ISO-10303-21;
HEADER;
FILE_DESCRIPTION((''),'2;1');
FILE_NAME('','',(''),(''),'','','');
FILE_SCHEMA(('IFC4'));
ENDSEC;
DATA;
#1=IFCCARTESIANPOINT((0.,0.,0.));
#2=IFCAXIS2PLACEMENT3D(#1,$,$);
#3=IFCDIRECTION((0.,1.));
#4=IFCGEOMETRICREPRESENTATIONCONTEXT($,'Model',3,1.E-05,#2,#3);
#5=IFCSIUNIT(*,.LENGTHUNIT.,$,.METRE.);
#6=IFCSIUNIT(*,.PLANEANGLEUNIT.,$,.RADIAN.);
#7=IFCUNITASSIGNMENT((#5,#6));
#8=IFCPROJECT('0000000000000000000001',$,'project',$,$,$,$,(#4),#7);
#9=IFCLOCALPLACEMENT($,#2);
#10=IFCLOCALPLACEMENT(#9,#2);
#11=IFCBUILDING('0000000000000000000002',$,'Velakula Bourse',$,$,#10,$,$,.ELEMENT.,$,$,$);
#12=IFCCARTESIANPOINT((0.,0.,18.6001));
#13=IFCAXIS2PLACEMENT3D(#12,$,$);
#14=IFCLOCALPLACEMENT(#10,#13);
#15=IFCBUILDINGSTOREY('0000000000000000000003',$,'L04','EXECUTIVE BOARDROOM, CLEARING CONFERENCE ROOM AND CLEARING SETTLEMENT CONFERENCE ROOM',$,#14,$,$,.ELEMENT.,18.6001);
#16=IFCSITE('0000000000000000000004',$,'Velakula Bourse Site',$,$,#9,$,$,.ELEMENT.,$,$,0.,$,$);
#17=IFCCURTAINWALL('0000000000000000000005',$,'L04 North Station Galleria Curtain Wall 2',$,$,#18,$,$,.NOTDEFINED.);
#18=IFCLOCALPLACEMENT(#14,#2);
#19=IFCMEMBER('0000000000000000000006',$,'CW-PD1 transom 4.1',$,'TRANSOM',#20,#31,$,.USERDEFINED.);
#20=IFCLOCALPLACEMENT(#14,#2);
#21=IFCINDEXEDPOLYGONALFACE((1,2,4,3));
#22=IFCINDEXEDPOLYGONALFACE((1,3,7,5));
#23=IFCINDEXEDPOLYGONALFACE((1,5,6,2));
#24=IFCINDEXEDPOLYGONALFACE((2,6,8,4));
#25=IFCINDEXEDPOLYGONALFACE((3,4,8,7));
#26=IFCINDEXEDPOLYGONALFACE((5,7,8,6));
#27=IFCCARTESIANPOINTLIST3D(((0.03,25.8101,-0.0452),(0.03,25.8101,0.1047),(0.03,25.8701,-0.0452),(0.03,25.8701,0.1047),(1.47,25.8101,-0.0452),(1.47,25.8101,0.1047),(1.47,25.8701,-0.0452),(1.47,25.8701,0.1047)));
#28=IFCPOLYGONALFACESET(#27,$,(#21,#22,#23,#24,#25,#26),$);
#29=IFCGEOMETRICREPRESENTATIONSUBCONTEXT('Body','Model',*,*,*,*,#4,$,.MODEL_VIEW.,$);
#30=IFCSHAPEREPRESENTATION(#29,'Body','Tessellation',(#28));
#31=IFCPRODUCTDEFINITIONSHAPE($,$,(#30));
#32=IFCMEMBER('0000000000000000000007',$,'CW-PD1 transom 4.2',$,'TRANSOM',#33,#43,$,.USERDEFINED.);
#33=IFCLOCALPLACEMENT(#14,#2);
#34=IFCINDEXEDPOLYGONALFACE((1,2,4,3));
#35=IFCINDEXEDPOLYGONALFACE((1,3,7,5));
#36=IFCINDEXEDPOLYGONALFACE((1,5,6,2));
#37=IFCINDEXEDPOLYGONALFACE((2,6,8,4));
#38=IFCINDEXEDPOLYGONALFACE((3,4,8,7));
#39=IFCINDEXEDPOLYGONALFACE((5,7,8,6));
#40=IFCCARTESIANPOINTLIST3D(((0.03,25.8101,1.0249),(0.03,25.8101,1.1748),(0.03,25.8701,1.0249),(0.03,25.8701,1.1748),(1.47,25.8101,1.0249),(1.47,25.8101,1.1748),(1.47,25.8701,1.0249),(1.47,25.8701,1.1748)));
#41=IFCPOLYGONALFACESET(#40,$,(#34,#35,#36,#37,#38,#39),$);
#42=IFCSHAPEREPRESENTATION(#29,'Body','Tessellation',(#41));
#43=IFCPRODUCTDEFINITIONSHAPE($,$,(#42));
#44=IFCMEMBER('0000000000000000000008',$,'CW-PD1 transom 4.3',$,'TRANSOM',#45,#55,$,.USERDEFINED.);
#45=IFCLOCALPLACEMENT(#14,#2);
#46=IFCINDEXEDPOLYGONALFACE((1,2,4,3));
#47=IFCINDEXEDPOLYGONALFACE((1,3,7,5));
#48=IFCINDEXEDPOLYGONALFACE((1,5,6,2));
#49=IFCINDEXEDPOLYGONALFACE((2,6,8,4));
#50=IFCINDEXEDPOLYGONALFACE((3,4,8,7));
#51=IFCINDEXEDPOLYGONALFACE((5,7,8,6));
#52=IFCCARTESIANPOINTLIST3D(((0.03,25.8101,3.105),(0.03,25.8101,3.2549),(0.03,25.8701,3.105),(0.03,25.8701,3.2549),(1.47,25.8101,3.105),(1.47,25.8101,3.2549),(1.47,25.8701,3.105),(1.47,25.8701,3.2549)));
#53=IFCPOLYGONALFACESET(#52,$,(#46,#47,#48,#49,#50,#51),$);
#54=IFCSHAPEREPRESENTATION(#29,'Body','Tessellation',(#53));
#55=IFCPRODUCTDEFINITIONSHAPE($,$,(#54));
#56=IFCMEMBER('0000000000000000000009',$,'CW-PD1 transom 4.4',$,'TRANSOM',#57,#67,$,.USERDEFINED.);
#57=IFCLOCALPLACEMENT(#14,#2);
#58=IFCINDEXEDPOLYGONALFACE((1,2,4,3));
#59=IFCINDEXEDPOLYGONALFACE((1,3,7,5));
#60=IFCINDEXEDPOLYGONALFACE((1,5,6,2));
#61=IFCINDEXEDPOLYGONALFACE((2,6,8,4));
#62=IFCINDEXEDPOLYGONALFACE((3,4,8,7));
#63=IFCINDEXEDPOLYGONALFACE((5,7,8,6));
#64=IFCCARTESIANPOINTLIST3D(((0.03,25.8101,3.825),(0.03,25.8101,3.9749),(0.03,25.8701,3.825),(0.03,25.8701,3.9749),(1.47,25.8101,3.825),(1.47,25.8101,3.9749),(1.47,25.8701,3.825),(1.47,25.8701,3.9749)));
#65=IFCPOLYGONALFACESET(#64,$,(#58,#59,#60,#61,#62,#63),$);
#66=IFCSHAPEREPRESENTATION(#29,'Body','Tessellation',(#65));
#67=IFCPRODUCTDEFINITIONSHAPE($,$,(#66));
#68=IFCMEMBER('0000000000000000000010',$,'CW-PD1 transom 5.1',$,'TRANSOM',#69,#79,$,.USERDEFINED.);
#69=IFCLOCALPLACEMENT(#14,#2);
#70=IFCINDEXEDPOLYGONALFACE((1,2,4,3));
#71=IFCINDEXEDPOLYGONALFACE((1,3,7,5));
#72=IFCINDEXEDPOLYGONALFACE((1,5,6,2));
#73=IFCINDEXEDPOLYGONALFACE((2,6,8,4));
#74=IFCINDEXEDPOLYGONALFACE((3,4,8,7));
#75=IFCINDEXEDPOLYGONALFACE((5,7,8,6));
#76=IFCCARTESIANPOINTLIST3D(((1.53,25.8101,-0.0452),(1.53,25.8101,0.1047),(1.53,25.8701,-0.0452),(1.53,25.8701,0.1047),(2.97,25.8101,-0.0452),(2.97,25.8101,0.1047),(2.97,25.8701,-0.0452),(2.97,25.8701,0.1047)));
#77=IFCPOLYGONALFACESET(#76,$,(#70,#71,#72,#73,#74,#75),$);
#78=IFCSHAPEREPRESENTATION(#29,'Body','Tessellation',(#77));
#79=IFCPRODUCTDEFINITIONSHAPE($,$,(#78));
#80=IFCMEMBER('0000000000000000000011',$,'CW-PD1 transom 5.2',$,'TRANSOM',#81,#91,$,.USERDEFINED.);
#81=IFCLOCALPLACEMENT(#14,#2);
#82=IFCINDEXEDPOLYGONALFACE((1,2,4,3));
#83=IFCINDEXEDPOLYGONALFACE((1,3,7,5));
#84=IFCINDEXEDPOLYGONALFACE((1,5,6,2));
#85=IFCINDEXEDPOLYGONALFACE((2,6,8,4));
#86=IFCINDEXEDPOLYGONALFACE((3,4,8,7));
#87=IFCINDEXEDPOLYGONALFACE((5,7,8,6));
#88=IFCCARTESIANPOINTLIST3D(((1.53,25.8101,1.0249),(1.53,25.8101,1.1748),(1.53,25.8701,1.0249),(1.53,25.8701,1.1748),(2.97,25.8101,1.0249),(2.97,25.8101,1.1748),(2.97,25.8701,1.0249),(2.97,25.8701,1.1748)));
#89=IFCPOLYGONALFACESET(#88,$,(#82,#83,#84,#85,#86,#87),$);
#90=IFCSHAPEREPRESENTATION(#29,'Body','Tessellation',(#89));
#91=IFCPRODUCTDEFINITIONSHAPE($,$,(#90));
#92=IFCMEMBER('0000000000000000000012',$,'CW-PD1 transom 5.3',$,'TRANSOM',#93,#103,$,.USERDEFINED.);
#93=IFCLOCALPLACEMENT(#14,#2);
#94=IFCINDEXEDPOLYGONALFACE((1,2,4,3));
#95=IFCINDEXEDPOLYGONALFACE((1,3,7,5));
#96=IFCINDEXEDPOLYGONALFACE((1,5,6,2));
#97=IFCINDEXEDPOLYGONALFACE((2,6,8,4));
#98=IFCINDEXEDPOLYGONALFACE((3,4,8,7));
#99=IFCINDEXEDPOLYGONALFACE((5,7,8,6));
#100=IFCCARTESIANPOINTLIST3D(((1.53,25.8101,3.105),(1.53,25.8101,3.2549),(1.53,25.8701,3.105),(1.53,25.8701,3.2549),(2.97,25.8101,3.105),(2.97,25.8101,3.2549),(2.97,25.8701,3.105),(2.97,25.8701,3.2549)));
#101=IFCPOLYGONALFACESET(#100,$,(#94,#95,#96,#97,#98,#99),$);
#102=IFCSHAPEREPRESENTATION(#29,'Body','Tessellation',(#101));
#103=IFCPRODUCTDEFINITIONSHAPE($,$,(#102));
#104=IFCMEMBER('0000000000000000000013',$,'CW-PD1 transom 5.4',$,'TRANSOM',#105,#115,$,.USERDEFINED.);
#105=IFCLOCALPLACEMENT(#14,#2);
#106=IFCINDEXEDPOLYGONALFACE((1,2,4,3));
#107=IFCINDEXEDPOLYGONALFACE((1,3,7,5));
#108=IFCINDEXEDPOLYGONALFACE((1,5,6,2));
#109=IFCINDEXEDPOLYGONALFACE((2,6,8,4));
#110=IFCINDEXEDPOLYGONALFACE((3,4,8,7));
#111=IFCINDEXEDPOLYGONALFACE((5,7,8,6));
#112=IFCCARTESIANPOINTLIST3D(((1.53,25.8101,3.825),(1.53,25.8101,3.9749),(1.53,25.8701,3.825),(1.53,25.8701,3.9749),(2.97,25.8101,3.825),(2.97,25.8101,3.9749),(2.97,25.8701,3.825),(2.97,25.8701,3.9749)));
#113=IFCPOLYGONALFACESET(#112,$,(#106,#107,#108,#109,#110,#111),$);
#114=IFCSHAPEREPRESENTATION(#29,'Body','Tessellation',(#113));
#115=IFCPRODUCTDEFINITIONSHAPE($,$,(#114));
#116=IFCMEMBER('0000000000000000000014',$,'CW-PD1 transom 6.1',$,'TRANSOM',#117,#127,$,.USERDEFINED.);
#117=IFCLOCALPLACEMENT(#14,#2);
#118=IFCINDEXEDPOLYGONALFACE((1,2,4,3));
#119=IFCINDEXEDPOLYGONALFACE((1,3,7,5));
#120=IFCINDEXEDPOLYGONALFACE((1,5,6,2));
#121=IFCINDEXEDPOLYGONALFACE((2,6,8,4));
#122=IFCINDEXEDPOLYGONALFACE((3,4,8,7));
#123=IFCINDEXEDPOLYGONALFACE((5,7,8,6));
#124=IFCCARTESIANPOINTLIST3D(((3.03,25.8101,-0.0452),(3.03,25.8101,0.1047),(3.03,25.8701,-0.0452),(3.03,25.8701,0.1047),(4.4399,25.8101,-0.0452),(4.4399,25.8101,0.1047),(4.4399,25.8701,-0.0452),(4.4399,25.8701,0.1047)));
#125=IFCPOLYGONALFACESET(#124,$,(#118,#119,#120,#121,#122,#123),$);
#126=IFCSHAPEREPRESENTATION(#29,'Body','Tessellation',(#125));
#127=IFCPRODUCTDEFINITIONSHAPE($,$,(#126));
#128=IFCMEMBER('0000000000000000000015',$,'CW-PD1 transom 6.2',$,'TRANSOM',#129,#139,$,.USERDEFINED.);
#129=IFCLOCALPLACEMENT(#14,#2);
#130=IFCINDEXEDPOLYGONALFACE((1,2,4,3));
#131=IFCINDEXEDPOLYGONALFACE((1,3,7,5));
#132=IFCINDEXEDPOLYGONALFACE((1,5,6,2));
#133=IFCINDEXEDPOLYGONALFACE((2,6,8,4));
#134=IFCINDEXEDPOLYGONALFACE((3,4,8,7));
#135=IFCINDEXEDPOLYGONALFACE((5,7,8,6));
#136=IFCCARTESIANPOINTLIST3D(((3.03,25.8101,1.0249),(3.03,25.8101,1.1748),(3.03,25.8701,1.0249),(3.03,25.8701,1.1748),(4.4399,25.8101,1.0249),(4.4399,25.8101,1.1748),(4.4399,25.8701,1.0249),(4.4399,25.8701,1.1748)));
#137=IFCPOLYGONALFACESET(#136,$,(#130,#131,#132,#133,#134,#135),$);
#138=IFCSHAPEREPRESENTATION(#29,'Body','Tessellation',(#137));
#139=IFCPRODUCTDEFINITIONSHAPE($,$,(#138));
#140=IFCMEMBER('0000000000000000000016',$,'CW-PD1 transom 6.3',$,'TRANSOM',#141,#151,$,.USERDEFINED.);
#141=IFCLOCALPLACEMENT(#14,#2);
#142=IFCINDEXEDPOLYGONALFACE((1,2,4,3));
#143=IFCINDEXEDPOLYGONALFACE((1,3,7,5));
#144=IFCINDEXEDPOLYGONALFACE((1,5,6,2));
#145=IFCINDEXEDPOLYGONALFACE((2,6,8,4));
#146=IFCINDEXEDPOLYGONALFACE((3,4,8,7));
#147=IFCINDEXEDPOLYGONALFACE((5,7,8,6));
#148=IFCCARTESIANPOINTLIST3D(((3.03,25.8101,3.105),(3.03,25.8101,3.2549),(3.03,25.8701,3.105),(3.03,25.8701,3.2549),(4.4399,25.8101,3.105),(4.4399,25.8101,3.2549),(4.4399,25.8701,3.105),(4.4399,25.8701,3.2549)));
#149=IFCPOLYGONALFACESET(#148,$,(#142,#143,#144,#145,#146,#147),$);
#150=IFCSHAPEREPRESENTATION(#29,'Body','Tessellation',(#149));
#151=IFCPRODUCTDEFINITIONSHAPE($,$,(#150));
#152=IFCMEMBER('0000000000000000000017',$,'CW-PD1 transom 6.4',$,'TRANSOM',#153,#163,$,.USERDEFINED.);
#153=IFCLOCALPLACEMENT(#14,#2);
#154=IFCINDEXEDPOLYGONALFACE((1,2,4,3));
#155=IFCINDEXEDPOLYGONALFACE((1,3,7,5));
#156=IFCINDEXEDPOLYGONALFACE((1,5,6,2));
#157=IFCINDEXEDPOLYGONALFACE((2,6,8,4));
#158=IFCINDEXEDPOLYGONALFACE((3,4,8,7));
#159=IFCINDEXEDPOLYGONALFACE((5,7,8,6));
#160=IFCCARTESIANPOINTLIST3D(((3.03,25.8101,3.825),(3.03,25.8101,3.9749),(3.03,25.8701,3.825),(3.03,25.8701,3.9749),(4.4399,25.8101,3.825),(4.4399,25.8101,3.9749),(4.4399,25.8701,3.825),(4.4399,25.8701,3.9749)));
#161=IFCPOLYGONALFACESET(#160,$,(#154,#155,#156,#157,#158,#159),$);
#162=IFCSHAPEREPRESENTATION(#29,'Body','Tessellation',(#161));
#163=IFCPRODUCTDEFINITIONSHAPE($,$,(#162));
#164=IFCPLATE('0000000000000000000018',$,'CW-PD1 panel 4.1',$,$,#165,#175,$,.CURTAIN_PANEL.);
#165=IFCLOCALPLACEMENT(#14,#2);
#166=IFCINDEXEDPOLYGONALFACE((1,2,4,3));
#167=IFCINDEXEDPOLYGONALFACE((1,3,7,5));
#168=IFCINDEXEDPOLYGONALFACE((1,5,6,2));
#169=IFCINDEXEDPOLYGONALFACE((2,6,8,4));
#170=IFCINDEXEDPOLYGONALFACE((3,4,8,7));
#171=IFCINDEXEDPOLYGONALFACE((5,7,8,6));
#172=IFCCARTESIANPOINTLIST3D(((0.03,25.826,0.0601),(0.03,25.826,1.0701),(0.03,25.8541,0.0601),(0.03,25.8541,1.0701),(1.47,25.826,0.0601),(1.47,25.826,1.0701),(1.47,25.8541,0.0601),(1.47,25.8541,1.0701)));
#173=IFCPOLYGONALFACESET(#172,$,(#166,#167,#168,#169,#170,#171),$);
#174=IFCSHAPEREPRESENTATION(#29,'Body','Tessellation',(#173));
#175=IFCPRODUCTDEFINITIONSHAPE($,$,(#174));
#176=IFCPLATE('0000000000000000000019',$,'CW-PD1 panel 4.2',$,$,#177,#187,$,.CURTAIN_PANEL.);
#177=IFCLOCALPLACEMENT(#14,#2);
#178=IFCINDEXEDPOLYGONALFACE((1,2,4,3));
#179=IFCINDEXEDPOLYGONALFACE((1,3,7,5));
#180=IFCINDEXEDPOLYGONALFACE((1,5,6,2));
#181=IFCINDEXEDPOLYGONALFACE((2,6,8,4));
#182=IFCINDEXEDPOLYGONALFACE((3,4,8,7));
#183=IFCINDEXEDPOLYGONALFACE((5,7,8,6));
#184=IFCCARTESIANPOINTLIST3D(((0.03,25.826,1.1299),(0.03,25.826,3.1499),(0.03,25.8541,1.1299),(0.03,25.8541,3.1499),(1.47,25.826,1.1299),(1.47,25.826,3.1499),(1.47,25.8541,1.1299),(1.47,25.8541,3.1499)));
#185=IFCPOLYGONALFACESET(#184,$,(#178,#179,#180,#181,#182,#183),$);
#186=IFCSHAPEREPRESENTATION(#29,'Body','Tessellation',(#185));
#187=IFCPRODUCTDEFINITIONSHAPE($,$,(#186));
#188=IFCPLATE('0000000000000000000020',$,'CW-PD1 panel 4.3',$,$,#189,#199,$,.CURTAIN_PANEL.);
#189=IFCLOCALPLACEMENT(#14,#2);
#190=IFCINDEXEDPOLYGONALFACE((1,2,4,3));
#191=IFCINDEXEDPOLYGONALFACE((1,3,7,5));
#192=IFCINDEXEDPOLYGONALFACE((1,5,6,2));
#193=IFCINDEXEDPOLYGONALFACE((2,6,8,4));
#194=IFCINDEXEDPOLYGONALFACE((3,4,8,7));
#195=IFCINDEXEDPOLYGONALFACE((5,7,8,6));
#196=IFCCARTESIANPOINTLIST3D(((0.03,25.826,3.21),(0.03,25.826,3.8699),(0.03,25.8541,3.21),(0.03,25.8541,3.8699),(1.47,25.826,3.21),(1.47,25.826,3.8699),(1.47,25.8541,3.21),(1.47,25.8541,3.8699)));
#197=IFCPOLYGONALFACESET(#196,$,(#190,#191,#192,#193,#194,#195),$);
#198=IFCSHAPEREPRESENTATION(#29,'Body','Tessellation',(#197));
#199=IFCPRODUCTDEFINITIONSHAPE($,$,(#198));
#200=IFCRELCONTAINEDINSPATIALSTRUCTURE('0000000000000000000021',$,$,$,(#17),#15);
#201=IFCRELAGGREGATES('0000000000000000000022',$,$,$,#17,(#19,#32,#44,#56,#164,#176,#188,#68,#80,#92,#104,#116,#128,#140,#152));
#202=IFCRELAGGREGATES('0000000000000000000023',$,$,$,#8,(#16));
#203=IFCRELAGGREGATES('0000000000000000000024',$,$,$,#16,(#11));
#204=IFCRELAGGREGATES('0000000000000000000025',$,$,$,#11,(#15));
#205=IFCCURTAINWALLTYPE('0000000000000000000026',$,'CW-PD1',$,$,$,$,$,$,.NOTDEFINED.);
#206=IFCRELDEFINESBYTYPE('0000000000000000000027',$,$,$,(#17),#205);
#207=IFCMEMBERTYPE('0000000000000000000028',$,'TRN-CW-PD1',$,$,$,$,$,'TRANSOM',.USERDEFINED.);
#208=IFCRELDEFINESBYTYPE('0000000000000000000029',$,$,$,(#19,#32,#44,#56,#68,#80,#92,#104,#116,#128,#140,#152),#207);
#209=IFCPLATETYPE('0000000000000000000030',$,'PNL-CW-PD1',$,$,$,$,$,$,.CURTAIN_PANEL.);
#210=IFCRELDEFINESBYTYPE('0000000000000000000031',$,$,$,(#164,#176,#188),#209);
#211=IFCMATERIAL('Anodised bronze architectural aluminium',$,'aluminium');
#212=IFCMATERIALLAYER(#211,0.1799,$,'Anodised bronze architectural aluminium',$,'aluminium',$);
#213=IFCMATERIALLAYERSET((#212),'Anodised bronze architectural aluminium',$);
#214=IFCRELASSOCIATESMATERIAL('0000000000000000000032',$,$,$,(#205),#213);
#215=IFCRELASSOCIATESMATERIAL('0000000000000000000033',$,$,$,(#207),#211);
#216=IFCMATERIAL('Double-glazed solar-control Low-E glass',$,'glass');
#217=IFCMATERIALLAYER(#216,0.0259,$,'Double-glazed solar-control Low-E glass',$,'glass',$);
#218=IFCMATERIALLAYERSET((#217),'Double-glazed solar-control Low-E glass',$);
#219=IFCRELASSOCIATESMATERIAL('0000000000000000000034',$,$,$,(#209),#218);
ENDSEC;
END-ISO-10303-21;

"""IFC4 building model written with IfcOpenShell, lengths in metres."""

from ifc_helpers import new_model, si_unit, direction, frame, origin, origin_2d, place, context, subcontext, project, spatial, rectangle, extrude, material, layer, layer_set, material_profile, profile_set, type_object, element, aggregate, save


model = new_model("IFC4")

# Units and contexts
model_context = context("Model", 3, precision=1e-05, world=origin(), true_north=direction((0.0, 1.0)))
body_context = subcontext(model_context, "Body", "Model", "MODEL_VIEW")
ifc_project = project(units=[si_unit("LENGTHUNIT", "METRE"), si_unit("PLANEANGLEUNIT", "RADIAN")], contexts=[model_context])

# Site, building, storey
site_placement = place(None, origin())
site = spatial("IfcSite", under=ifc_project, at=site_placement, Name="Velakula Bourse Site", CompositionType="ELEMENT", RefElevation=0.0)
building_placement = place(site_placement, origin())
building = spatial("IfcBuilding", under=site, at=building_placement, Name="Velakula Bourse", CompositionType="ELEMENT")
storey_placement = place(building_placement, frame((0.0, 0.0, 18.6001)))
storey = spatial("IfcBuildingStorey", under=building, at=storey_placement, Name="L04", Description="EXECUTIVE BOARDROOM, CLEARING CONFERENCE ROOM AND CLEARING SETTLEMENT CONFERENCE ROOM", CompositionType="ELEMENT", Elevation=18.6001)

# Curtain wall, members, plates
ifc_material_1 = material(Name="Anodised bronze architectural aluminium", Category="aluminium")
ifc_layer_1 = layer(ifc_material_1, 0.1799, Name="Anodised bronze architectural aluminium", Category="aluminium")
ifc_layer_set_1 = layer_set([ifc_layer_1], Name="Anodised bronze architectural aluminium")
curtain_wall_type = type_object("IfcCurtainWallType", Name="CW-PD1", PredefinedType="NOTDEFINED", material=ifc_layer_set_1)
curtain_wall_placement = place(storey_placement, origin())
curtain_wall = element("IfcCurtainWall", 1, at=curtain_wall_placement, inside=storey, type_object=curtain_wall_type, Name="L04 North Station Galleria Curtain Wall 2", PredefinedType="NOTDEFINED")
ifc_material_profile_1 = material_profile(ifc_material_1, rectangle(XDim=0.0601, YDim=0.1499, at=origin_2d()), Name="Anodised bronze architectural aluminium")
ifc_profile_set_1 = profile_set([ifc_material_profile_1], Name="Anodised bronze architectural aluminium")
member_type_1 = type_object("IfcMemberType", Name="TRN-CW-PD1", ElementType="TRANSOM", PredefinedType="USERDEFINED", material=ifc_profile_set_1)
member_1_placement = place(storey_placement, frame((0.03, 25.8401, 0.0298), z_axis=(1.0, 0.0, 0.0), x_axis=(0.0, 1.0, 0.0)))
member_1 = element("IfcMember", 2, at=member_1_placement, type_object=member_type_1, Name="CW-PD1 transom 4.1", ObjectType="TRANSOM", PredefinedType="USERDEFINED", context=body_context, shape_type="SweptSolid", body=[
    extrude(rectangle(XDim=0.0601, YDim=0.1499, at=origin_2d()), origin(), (0.0, 0.0, 1.0), 1.4399),
])
member_2_placement = place(storey_placement, frame((0.03, 25.8401, 1.0999), z_axis=(1.0, 0.0, 0.0), x_axis=(0.0, 1.0, 0.0)))
member_2 = element("IfcMember", 3, at=member_2_placement, type_object=member_type_1, Name="CW-PD1 transom 4.2", ObjectType="TRANSOM", PredefinedType="USERDEFINED", context=body_context, shape_type="SweptSolid", body=[
    extrude(rectangle(XDim=0.0601, YDim=0.1499, at=origin_2d()), origin(), (0.0, 0.0, 1.0), 1.4399),
])
member_3_placement = place(storey_placement, frame((0.03, 25.8401, 3.1799), z_axis=(1.0, 0.0, 0.0), x_axis=(0.0, 1.0, 0.0)))
member_3 = element("IfcMember", 4, at=member_3_placement, type_object=member_type_1, Name="CW-PD1 transom 4.3", ObjectType="TRANSOM", PredefinedType="USERDEFINED", context=body_context, shape_type="SweptSolid", body=[
    extrude(rectangle(XDim=0.0601, YDim=0.1499, at=origin_2d()), origin(), (0.0, 0.0, 1.0), 1.4399),
])
member_4_placement = place(storey_placement, frame((0.03, 25.8401, 3.8999), z_axis=(1.0, 0.0, 0.0), x_axis=(0.0, 1.0, 0.0)))
member_4 = element("IfcMember", 5, at=member_4_placement, type_object=member_type_1, Name="CW-PD1 transom 4.4", ObjectType="TRANSOM", PredefinedType="USERDEFINED", context=body_context, shape_type="SweptSolid", body=[
    extrude(rectangle(XDim=0.0601, YDim=0.1499, at=origin_2d()), origin(), (0.0, 0.0, 1.0), 1.4399),
])
member_5_placement = place(storey_placement, frame((1.53, 25.8401, 0.0298), z_axis=(1.0, 0.0, 0.0), x_axis=(0.0, 1.0, 0.0)))
member_5 = element("IfcMember", 6, at=member_5_placement, type_object=member_type_1, Name="CW-PD1 transom 5.1", ObjectType="TRANSOM", PredefinedType="USERDEFINED", context=body_context, shape_type="SweptSolid", body=[
    extrude(rectangle(XDim=0.0601, YDim=0.1499, at=origin_2d()), origin(), (0.0, 0.0, 1.0), 1.4399),
])
member_6_placement = place(storey_placement, frame((1.53, 25.8401, 1.0999), z_axis=(1.0, 0.0, 0.0), x_axis=(0.0, 1.0, 0.0)))
member_6 = element("IfcMember", 7, at=member_6_placement, type_object=member_type_1, Name="CW-PD1 transom 5.2", ObjectType="TRANSOM", PredefinedType="USERDEFINED", context=body_context, shape_type="SweptSolid", body=[
    extrude(rectangle(XDim=0.0601, YDim=0.1499, at=origin_2d()), origin(), (0.0, 0.0, 1.0), 1.4399),
])
member_7_placement = place(storey_placement, frame((1.53, 25.8401, 3.1799), z_axis=(1.0, 0.0, 0.0), x_axis=(0.0, 1.0, 0.0)))
member_7 = element("IfcMember", 8, at=member_7_placement, type_object=member_type_1, Name="CW-PD1 transom 5.3", ObjectType="TRANSOM", PredefinedType="USERDEFINED", context=body_context, shape_type="SweptSolid", body=[
    extrude(rectangle(XDim=0.0601, YDim=0.1499, at=origin_2d()), origin(), (0.0, 0.0, 1.0), 1.4399),
])
member_8_placement = place(storey_placement, frame((1.53, 25.8401, 3.8999), z_axis=(1.0, 0.0, 0.0), x_axis=(0.0, 1.0, 0.0)))
member_8 = element("IfcMember", 9, at=member_8_placement, type_object=member_type_1, Name="CW-PD1 transom 5.4", ObjectType="TRANSOM", PredefinedType="USERDEFINED", context=body_context, shape_type="SweptSolid", body=[
    extrude(rectangle(XDim=0.0601, YDim=0.1499, at=origin_2d()), origin(), (0.0, 0.0, 1.0), 1.4399),
])
member_9_placement = place(storey_placement, frame((3.03, 25.8401, 0.0298), z_axis=(1.0, 0.0, 0.0), x_axis=(0.0, 1.0, 0.0)))
member_9 = element("IfcMember", 10, at=member_9_placement, type_object=member_type_1, Name="CW-PD1 transom 6.1", ObjectType="TRANSOM", PredefinedType="USERDEFINED", context=body_context, shape_type="SweptSolid", body=[
    extrude(rectangle(XDim=0.0601, YDim=0.1499, at=origin_2d()), origin(), (0.0, 0.0, 1.0), 1.4099),
])
member_10_placement = place(storey_placement, frame((3.03, 25.8401, 1.0999), z_axis=(1.0, 0.0, 0.0), x_axis=(0.0, 1.0, 0.0)))
member_10 = element("IfcMember", 11, at=member_10_placement, type_object=member_type_1, Name="CW-PD1 transom 6.2", ObjectType="TRANSOM", PredefinedType="USERDEFINED", context=body_context, shape_type="SweptSolid", body=[
    extrude(rectangle(XDim=0.0601, YDim=0.1499, at=origin_2d()), origin(), (0.0, 0.0, 1.0), 1.4099),
])
member_11_placement = place(storey_placement, frame((3.03, 25.8401, 3.1799), z_axis=(1.0, 0.0, 0.0), x_axis=(0.0, 1.0, 0.0)))
member_11 = element("IfcMember", 12, at=member_11_placement, type_object=member_type_1, Name="CW-PD1 transom 6.3", ObjectType="TRANSOM", PredefinedType="USERDEFINED", context=body_context, shape_type="SweptSolid", body=[
    extrude(rectangle(XDim=0.0601, YDim=0.1499, at=origin_2d()), origin(), (0.0, 0.0, 1.0), 1.4099),
])
member_12_placement = place(storey_placement, frame((3.03, 25.8401, 3.8999), z_axis=(1.0, 0.0, 0.0), x_axis=(0.0, 1.0, 0.0)))
member_12 = element("IfcMember", 13, at=member_12_placement, type_object=member_type_1, Name="CW-PD1 transom 6.4", ObjectType="TRANSOM", PredefinedType="USERDEFINED", context=body_context, shape_type="SweptSolid", body=[
    extrude(rectangle(XDim=0.0601, YDim=0.1499, at=origin_2d()), origin(), (0.0, 0.0, 1.0), 1.4099),
])
ifc_material_2 = material(Name="Double-glazed solar-control Low-E glass", Category="glass")
ifc_layer_2 = layer(ifc_material_2, 0.0259, Name="Double-glazed solar-control Low-E glass", Category="glass")
ifc_layer_set_2 = layer_set([ifc_layer_2], Name="Double-glazed solar-control Low-E glass")
plate_type = type_object("IfcPlateType", Name="PNL-CW-PD1", PredefinedType="CURTAIN_PANEL", material=ifc_layer_set_2)
plate_1_placement = place(storey_placement, frame((0.75, 25.8401, 0.0601), z_axis=(0.0, 0.0, 1.0), x_axis=(1.0, 0.0, 0.0)))
plate_1 = element("IfcPlate", 14, at=plate_1_placement, type_object=plate_type, Name="CW-PD1 panel 4.1", PredefinedType="CURTAIN_PANEL", context=body_context, shape_type="SweptSolid", body=[
    extrude(rectangle(XDim=1.4399, YDim=0.0281, at=origin_2d()), origin(), (0.0, 0.0, 1.0), 1.01),
])
plate_2_placement = place(storey_placement, frame((0.75, 25.8401, 1.1299), z_axis=(0.0, 0.0, 1.0), x_axis=(1.0, 0.0, 0.0)))
plate_2 = element("IfcPlate", 15, at=plate_2_placement, type_object=plate_type, Name="CW-PD1 panel 4.2", PredefinedType="CURTAIN_PANEL", context=body_context, shape_type="SweptSolid", body=[
    extrude(rectangle(XDim=1.4399, YDim=0.0281, at=origin_2d()), origin(), (0.0, 0.0, 1.0), 2.02),
])
plate_3_placement = place(storey_placement, frame((0.75, 25.8401, 3.21), z_axis=(0.0, 0.0, 1.0), x_axis=(1.0, 0.0, 0.0)))
plate_3 = element("IfcPlate", 16, at=plate_3_placement, type_object=plate_type, Name="CW-PD1 panel 4.3", PredefinedType="CURTAIN_PANEL", context=body_context, shape_type="SweptSolid", body=[
    extrude(rectangle(XDim=1.4399, YDim=0.0281, at=origin_2d()), origin(), (0.0, 0.0, 1.0), 0.6599),
])
aggregate(curtain_wall, [member_1, member_2, member_3, member_4, plate_1, plate_2, plate_3, member_5, member_6, member_7, member_8, member_9, member_10, member_11, member_12])

save(model, "model.ifc")
